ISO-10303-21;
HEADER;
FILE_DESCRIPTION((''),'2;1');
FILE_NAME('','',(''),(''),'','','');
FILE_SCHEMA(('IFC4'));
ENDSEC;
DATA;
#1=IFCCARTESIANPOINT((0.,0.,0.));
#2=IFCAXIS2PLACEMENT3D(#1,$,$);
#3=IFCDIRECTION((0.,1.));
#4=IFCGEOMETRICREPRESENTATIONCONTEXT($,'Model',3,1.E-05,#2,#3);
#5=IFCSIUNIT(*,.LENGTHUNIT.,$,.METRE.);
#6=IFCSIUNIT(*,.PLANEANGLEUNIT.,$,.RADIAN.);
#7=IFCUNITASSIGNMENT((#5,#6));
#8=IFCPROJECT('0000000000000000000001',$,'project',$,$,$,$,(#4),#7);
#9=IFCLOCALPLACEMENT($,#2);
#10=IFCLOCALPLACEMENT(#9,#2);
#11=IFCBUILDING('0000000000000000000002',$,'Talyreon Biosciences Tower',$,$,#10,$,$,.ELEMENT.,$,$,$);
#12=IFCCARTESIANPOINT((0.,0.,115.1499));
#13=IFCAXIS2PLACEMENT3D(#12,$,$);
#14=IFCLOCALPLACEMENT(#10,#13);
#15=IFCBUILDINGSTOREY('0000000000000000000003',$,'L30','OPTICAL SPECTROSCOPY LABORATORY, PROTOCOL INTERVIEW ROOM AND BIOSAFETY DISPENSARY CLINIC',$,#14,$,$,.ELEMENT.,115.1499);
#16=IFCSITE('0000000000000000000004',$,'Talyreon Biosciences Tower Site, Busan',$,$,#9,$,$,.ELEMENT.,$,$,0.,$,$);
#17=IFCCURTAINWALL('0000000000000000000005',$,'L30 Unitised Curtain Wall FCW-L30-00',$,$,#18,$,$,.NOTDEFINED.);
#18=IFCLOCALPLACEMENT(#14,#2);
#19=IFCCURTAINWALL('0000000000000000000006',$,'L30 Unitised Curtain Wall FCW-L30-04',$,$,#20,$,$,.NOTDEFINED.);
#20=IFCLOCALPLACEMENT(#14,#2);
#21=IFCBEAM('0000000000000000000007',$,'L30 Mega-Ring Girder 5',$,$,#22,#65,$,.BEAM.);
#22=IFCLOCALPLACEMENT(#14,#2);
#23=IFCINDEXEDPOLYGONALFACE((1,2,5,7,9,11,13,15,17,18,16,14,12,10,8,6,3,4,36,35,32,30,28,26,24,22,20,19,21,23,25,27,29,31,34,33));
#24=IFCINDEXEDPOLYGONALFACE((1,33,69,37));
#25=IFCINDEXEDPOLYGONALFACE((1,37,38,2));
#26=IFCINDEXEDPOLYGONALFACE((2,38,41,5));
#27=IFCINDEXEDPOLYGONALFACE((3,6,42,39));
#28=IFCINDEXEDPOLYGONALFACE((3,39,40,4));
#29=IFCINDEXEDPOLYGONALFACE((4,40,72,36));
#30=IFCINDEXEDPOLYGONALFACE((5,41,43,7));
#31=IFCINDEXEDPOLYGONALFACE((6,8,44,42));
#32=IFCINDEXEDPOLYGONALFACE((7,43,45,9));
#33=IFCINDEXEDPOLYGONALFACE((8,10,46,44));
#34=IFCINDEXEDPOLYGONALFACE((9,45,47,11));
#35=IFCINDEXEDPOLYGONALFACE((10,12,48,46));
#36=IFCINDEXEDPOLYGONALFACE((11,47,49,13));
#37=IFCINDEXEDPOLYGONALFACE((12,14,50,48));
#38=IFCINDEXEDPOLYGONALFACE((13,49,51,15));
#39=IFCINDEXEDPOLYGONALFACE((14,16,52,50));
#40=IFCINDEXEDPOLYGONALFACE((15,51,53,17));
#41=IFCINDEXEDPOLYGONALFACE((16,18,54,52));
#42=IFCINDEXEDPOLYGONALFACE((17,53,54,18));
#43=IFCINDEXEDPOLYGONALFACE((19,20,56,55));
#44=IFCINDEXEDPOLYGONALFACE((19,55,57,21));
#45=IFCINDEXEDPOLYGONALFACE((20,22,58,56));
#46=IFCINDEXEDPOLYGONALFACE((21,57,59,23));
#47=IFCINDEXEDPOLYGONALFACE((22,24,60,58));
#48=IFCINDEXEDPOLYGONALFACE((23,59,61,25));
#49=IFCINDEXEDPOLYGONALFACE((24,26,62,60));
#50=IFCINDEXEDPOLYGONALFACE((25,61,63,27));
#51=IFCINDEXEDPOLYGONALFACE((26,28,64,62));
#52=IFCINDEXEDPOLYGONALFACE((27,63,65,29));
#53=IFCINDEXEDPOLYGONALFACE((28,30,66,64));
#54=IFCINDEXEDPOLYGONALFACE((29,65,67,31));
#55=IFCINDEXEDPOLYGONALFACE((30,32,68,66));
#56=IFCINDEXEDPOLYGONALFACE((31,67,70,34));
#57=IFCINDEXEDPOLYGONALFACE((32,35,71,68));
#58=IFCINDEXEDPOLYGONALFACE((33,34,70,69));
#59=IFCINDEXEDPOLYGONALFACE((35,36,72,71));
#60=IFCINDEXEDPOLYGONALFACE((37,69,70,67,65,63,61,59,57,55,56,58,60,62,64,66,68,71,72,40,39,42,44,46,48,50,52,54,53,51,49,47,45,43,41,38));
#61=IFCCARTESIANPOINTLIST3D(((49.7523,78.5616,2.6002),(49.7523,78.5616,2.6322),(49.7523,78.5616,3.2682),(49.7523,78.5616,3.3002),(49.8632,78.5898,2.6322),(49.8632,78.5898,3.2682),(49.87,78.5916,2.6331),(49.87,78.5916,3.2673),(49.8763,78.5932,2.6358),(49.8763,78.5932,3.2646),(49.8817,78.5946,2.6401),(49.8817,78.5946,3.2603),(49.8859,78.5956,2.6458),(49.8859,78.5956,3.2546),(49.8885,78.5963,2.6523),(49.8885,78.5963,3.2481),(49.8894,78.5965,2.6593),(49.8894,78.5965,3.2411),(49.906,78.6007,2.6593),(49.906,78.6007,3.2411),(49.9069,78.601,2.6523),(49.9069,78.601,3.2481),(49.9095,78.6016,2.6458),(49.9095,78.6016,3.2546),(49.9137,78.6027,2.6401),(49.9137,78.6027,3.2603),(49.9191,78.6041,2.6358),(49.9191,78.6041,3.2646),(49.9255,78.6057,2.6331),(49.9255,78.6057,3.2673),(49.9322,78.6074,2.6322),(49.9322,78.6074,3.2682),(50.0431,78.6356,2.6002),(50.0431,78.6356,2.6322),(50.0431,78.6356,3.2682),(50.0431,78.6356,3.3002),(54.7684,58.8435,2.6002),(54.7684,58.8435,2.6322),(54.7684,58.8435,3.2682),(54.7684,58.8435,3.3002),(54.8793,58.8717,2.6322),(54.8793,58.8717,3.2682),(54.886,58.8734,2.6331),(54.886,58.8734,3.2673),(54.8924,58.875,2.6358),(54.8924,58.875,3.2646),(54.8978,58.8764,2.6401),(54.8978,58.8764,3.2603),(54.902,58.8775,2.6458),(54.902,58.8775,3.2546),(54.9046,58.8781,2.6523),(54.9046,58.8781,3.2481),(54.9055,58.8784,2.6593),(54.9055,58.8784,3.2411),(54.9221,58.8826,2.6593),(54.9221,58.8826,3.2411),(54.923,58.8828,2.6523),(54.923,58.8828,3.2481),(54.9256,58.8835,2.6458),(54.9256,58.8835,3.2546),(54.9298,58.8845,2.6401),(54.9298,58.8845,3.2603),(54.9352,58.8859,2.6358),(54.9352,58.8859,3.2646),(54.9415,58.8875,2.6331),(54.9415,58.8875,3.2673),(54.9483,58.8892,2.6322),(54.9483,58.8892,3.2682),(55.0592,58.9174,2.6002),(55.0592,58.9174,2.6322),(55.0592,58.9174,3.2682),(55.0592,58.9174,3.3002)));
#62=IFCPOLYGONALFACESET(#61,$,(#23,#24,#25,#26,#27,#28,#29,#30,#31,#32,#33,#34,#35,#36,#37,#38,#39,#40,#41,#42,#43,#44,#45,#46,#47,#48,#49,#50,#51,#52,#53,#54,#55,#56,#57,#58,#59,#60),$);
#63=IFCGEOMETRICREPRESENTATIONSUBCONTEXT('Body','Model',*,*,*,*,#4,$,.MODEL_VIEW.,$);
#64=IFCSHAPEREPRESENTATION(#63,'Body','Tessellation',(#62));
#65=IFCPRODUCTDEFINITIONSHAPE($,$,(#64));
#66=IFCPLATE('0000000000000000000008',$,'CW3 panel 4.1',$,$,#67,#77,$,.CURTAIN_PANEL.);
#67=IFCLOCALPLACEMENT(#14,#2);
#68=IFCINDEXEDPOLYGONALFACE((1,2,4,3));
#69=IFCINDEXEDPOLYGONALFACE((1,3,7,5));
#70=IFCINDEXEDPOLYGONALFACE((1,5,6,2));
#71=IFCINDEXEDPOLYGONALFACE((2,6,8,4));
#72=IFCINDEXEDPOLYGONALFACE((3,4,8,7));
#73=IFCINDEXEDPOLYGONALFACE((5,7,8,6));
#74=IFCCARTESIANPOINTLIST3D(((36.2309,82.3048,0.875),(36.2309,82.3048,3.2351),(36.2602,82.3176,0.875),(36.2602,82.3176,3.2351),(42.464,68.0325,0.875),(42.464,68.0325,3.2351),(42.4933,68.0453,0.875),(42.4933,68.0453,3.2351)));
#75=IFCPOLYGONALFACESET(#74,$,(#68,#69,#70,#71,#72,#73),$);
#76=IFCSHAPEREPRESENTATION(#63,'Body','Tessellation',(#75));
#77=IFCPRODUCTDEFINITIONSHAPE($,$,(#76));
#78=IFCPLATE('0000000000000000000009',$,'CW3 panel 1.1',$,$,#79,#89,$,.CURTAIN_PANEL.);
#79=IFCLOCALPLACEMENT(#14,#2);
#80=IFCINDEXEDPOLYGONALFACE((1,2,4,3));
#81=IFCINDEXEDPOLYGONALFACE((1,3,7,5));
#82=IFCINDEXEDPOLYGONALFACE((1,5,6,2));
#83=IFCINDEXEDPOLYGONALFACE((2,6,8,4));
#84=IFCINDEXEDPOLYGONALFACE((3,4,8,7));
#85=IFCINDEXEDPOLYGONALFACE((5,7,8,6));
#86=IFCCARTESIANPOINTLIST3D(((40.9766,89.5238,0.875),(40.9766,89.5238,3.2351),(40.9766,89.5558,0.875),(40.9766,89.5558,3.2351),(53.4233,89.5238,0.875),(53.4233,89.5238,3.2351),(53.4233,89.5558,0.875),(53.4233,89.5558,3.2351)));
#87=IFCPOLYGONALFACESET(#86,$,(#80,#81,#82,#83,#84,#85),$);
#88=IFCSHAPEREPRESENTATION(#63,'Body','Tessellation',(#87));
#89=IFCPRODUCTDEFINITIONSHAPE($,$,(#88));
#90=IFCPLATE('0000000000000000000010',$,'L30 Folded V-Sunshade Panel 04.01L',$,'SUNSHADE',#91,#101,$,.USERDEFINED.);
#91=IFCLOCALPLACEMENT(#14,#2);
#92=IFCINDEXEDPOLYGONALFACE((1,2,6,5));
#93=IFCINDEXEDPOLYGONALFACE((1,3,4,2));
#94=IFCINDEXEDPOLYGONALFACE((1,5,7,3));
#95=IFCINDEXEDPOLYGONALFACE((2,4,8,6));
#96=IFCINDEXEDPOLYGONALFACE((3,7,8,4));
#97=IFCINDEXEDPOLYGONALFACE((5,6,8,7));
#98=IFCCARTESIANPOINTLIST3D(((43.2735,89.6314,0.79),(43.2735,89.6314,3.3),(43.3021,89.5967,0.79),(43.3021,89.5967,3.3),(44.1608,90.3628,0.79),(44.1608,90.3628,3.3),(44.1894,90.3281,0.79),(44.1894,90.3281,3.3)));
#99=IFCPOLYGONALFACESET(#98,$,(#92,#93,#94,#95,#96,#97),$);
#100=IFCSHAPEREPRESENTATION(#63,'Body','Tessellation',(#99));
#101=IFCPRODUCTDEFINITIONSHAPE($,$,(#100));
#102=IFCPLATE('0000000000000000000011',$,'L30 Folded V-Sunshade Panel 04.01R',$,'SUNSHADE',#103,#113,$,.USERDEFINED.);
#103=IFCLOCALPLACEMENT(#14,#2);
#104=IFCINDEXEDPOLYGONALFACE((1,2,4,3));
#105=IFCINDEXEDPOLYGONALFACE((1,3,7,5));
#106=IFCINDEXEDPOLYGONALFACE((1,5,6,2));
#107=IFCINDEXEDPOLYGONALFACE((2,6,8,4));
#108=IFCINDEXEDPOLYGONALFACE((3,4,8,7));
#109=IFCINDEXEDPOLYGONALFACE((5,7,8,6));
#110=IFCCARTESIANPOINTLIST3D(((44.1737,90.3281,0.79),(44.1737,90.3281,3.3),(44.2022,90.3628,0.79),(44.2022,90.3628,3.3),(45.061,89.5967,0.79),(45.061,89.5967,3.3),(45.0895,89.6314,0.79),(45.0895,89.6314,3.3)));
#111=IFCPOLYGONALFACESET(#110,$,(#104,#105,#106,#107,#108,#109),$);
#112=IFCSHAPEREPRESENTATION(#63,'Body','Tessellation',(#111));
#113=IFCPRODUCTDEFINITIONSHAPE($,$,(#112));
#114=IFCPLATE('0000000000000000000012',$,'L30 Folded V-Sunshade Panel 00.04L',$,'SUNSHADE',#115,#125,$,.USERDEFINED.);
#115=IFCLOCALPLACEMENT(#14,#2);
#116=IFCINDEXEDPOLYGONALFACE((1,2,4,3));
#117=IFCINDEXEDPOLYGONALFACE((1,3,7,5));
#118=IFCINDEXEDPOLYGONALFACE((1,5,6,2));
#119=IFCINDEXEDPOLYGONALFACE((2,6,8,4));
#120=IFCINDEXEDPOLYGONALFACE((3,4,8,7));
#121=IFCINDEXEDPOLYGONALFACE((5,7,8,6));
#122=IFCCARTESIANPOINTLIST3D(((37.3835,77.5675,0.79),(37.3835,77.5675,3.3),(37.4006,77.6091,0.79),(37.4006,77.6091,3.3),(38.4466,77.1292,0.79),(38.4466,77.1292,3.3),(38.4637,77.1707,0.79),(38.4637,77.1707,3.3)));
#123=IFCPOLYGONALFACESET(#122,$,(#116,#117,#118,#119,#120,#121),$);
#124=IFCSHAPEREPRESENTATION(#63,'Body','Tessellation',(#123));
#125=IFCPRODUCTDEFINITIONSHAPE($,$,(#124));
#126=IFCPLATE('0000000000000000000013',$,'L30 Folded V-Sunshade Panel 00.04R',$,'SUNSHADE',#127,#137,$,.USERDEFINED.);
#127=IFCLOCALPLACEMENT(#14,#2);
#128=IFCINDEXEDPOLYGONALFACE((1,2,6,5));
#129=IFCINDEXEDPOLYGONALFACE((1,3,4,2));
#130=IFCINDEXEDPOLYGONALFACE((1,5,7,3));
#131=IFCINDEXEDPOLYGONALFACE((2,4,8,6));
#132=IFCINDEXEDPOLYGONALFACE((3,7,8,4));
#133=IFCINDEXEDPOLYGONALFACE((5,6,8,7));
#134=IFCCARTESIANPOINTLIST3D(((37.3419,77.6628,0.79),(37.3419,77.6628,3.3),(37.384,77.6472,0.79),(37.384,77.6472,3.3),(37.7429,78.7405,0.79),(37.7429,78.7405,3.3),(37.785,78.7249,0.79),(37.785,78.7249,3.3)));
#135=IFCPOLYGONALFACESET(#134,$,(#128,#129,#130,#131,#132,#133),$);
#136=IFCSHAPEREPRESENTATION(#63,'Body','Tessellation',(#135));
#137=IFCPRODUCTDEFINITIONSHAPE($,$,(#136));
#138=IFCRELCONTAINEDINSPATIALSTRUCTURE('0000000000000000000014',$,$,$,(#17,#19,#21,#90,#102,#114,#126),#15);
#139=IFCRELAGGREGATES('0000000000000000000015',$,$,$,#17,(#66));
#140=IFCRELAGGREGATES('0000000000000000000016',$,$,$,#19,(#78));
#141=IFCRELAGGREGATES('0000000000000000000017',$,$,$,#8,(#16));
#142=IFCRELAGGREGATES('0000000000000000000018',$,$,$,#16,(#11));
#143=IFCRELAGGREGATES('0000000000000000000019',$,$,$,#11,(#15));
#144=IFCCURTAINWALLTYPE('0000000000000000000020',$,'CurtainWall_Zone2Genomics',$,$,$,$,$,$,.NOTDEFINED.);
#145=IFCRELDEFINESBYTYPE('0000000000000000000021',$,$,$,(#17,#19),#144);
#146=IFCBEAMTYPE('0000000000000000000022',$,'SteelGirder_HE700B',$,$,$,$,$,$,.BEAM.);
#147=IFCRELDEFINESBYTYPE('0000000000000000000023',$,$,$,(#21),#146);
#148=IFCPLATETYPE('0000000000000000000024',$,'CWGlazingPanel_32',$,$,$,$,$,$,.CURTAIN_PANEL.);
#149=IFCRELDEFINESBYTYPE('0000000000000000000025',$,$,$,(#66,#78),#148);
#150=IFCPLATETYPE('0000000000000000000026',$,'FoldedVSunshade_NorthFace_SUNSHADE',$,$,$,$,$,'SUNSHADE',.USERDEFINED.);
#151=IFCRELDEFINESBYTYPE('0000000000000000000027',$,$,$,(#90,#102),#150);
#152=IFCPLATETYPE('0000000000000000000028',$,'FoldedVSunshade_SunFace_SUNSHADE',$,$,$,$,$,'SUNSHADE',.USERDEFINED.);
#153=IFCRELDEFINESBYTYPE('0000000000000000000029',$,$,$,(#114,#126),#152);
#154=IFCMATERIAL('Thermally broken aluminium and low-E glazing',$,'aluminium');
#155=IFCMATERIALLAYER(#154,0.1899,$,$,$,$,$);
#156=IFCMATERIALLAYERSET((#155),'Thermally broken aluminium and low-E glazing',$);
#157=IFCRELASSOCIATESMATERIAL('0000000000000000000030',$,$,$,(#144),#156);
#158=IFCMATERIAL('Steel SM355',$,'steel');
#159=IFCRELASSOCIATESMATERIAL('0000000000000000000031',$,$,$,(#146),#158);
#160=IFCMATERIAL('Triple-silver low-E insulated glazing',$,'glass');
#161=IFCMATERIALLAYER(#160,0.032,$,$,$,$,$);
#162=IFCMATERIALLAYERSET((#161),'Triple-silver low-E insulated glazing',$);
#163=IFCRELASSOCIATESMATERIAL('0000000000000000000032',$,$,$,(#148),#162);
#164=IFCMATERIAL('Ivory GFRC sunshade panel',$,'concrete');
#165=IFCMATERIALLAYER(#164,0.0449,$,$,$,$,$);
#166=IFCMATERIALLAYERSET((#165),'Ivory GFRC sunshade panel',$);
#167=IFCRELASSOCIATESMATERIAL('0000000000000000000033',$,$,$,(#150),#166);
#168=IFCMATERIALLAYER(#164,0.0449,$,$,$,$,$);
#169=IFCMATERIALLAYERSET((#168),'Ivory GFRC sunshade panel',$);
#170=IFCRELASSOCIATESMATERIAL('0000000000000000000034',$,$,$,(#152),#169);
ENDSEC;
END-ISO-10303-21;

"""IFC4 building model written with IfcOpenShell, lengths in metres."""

from ifc_helpers import new_model, si_unit, direction, frame, origin, origin_2d, place, context, subcontext, project, spatial, rectangle, i_section, extrude, material, layer, layer_set, material_profile, profile_set, type_object, element, aggregate, save


model = new_model("IFC4")

# Units and contexts
model_context = context("Model", 3, precision=1e-05, world=origin(), true_north=direction((0.0, 1.0)))
body_context = subcontext(model_context, "Body", "Model", "MODEL_VIEW")
ifc_project = project(units=[si_unit("LENGTHUNIT", "METRE"), si_unit("PLANEANGLEUNIT", "RADIAN")], contexts=[model_context])

# Site, building, storey
site_placement = place(None, origin())
site = spatial("IfcSite", under=ifc_project, at=site_placement, Name="Talyreon Biosciences Tower Site, Busan", CompositionType="ELEMENT", RefElevation=0.0)
building_placement = place(site_placement, origin())
building = spatial("IfcBuilding", under=site, at=building_placement, Name="Talyreon Biosciences Tower", CompositionType="ELEMENT")
storey_placement = place(building_placement, frame((0.0, 0.0, 115.1499)))
storey = spatial("IfcBuildingStorey", under=building, at=storey_placement, Name="L30", Description="OPTICAL SPECTROSCOPY LABORATORY, PROTOCOL INTERVIEW ROOM AND BIOSAFETY DISPENSARY CLINIC", CompositionType="ELEMENT", Elevation=115.1499)

# Curtain wall
ifc_material_1 = material(Name="Thermally broken aluminium and low-E glazing", Category="aluminium")
ifc_layer_1 = layer(ifc_material_1, 0.1899)
ifc_layer_set_1 = layer_set([ifc_layer_1], Name="Thermally broken aluminium and low-E glazing")
curtain_wall_type = type_object("IfcCurtainWallType", Name="CurtainWall_Zone2Genomics", PredefinedType="NOTDEFINED", material=ifc_layer_set_1)
curtain_wall_1_placement = place(storey_placement, origin())
curtain_wall_1 = element("IfcCurtainWall", 1, at=curtain_wall_1_placement, inside=storey, type_object=curtain_wall_type, Name="L30 Unitised Curtain Wall FCW-L30-00", PredefinedType="NOTDEFINED")

# Curtain wall
curtain_wall_2_placement = place(storey_placement, origin())
curtain_wall_2 = element("IfcCurtainWall", 2, at=curtain_wall_2_placement, inside=storey, type_object=curtain_wall_type, Name="L30 Unitised Curtain Wall FCW-L30-04", PredefinedType="NOTDEFINED")

# Beam
ifc_material_2 = material(Name="Steel SM355", Category="steel")
ifc_material_profile_1 = material_profile(ifc_material_2, i_section(OverallWidth=0.3, OverallDepth=0.7, WebThickness=0.0171, FlangeThickness=0.032, FilletRadius=0.0271, at=origin_2d()), Name="HE700B")
ifc_profile_set_1 = profile_set([ifc_material_profile_1], Name="Steel SM355")
beam_type_1 = type_object("IfcBeamType", Name="SteelGirder_HE700B", PredefinedType="BEAM", material=ifc_profile_set_1)
beam_1_placement = place(storey_placement, frame((49.8977, 78.5986, 2.9502), z_axis=(0.246537, -0.969133, 0.0), x_axis=(0.969133, 0.246537, 0.0)))
element("IfcBeam", 3, at=beam_1_placement, inside=storey, type_object=beam_type_1, Name="L30 Mega-Ring Girder 5", PredefinedType="BEAM", context=body_context, shape_type="SweptSolid", body=[
    extrude(i_section(OverallWidth=0.3, OverallDepth=0.7, WebThickness=0.0171, FlangeThickness=0.032, FilletRadius=0.0271, at=origin_2d()), origin(), (0.0, 0.0, 1.0), 20.3462),
])

# Plates
ifc_material_3 = material(Name="Triple-silver low-E insulated glazing", Category="glass")
ifc_layer_2 = layer(ifc_material_3, 0.032)
ifc_layer_set_2 = layer_set([ifc_layer_2], Name="Triple-silver low-E insulated glazing")
plate_type_1 = type_object("IfcPlateType", Name="CWGlazingPanel_32", PredefinedType="CURTAIN_PANEL", material=ifc_layer_set_2)
plate_1_placement = place(storey_placement, frame((39.3621, 75.175, 0.875), z_axis=(0.0, 0.0, 1.0), x_axis=(-0.400226, 0.916416, 0.0)))
plate_1 = element("IfcPlate", 4, at=plate_1_placement, type_object=plate_type_1, Name="CW3 panel 4.1", PredefinedType="CURTAIN_PANEL", context=body_context, shape_type="SweptSolid", body=[
    extrude(rectangle(XDim=15.574, YDim=0.032, at=origin_2d()), origin(), (0.0, 0.0, 1.0), 2.3601),
])
aggregate(curtain_wall_1, [plate_1])
plate_2_placement = place(storey_placement, frame((47.2, 89.5398, 0.875), z_axis=(0.0, 0.0, 1.0), x_axis=(1.0, 0.0, 0.0)))
plate_2 = element("IfcPlate", 5, at=plate_2_placement, type_object=plate_type_1, Name="CW3 panel 1.1", PredefinedType="CURTAIN_PANEL", context=body_context, shape_type="SweptSolid", body=[
    extrude(rectangle(XDim=12.4468, YDim=0.032, at=origin_2d()), origin(), (0.0, 0.0, 1.0), 2.3601),
])
aggregate(curtain_wall_2, [plate_2])

# Plates
ifc_material_4 = material(Name="Ivory GFRC sunshade panel", Category="concrete")
ifc_layer_3 = layer(ifc_material_4, 0.0449)
ifc_layer_set_3 = layer_set([ifc_layer_3], Name="Ivory GFRC sunshade panel")
plate_type_2 = type_object("IfcPlateType", Name="FoldedVSunshade_NorthFace_SUNSHADE", ElementType="SUNSHADE", PredefinedType="USERDEFINED", material=ifc_layer_set_3)
for number, where, z_axis, x_axis, name in (
    (6, (43.7314, 89.9797, 0.79), (0.0, 0.0, 1.0), (0.771625, 0.636078, 0.0), "L30 Folded V-Sunshade Panel 04.01L"),
    (7, (44.6316, 89.9797, 0.79), (0.0, 0.0, 1.0), (0.771625, -0.636078, 0.0), "L30 Folded V-Sunshade Panel 04.01R"),
):
    element("IfcPlate", number, at=place(storey_placement, frame(where, z_axis=z_axis, x_axis=x_axis)), inside=storey, type_object=plate_type_2, Name=name, ObjectType="SUNSHADE", PredefinedType="USERDEFINED", context=body_context, shape_type="SweptSolid", body=[
        extrude(rectangle(XDim=1.1499, YDim=0.0449, at=origin_2d()), origin(), (0.0, 0.0, 1.0), 2.51),
    ])
ifc_layer_4 = layer(ifc_material_4, 0.0449)
ifc_layer_set_4 = layer_set([ifc_layer_4], Name="Ivory GFRC sunshade panel")
plate_type_3 = type_object("IfcPlateType", Name="FoldedVSunshade_SunFace_SUNSHADE", ElementType="SUNSHADE", PredefinedType="USERDEFINED", material=ifc_layer_set_4)
for number, where, z_axis, x_axis, name in (
    (8, (37.9236, 77.3691, 0.79), (0.0, 0.0, 1.0), (-0.924493, 0.381199, 0.0), "L30 Folded V-Sunshade Panel 00.04L"),
    (9, (37.5635, 78.1938, 0.79), (0.0, 0.0, 1.0), (0.348703, 0.937233, 0.0), "L30 Folded V-Sunshade Panel 00.04R"),
):
    element("IfcPlate", number, at=place(storey_placement, frame(where, z_axis=z_axis, x_axis=x_axis)), inside=storey, type_object=plate_type_3, Name=name, ObjectType="SUNSHADE", PredefinedType="USERDEFINED", context=body_context, shape_type="SweptSolid", body=[
        extrude(rectangle(XDim=1.1499, YDim=0.0449, at=origin_2d()), origin(), (0.0, 0.0, 1.0), 2.51),
    ])

save(model, "model.ifc")
